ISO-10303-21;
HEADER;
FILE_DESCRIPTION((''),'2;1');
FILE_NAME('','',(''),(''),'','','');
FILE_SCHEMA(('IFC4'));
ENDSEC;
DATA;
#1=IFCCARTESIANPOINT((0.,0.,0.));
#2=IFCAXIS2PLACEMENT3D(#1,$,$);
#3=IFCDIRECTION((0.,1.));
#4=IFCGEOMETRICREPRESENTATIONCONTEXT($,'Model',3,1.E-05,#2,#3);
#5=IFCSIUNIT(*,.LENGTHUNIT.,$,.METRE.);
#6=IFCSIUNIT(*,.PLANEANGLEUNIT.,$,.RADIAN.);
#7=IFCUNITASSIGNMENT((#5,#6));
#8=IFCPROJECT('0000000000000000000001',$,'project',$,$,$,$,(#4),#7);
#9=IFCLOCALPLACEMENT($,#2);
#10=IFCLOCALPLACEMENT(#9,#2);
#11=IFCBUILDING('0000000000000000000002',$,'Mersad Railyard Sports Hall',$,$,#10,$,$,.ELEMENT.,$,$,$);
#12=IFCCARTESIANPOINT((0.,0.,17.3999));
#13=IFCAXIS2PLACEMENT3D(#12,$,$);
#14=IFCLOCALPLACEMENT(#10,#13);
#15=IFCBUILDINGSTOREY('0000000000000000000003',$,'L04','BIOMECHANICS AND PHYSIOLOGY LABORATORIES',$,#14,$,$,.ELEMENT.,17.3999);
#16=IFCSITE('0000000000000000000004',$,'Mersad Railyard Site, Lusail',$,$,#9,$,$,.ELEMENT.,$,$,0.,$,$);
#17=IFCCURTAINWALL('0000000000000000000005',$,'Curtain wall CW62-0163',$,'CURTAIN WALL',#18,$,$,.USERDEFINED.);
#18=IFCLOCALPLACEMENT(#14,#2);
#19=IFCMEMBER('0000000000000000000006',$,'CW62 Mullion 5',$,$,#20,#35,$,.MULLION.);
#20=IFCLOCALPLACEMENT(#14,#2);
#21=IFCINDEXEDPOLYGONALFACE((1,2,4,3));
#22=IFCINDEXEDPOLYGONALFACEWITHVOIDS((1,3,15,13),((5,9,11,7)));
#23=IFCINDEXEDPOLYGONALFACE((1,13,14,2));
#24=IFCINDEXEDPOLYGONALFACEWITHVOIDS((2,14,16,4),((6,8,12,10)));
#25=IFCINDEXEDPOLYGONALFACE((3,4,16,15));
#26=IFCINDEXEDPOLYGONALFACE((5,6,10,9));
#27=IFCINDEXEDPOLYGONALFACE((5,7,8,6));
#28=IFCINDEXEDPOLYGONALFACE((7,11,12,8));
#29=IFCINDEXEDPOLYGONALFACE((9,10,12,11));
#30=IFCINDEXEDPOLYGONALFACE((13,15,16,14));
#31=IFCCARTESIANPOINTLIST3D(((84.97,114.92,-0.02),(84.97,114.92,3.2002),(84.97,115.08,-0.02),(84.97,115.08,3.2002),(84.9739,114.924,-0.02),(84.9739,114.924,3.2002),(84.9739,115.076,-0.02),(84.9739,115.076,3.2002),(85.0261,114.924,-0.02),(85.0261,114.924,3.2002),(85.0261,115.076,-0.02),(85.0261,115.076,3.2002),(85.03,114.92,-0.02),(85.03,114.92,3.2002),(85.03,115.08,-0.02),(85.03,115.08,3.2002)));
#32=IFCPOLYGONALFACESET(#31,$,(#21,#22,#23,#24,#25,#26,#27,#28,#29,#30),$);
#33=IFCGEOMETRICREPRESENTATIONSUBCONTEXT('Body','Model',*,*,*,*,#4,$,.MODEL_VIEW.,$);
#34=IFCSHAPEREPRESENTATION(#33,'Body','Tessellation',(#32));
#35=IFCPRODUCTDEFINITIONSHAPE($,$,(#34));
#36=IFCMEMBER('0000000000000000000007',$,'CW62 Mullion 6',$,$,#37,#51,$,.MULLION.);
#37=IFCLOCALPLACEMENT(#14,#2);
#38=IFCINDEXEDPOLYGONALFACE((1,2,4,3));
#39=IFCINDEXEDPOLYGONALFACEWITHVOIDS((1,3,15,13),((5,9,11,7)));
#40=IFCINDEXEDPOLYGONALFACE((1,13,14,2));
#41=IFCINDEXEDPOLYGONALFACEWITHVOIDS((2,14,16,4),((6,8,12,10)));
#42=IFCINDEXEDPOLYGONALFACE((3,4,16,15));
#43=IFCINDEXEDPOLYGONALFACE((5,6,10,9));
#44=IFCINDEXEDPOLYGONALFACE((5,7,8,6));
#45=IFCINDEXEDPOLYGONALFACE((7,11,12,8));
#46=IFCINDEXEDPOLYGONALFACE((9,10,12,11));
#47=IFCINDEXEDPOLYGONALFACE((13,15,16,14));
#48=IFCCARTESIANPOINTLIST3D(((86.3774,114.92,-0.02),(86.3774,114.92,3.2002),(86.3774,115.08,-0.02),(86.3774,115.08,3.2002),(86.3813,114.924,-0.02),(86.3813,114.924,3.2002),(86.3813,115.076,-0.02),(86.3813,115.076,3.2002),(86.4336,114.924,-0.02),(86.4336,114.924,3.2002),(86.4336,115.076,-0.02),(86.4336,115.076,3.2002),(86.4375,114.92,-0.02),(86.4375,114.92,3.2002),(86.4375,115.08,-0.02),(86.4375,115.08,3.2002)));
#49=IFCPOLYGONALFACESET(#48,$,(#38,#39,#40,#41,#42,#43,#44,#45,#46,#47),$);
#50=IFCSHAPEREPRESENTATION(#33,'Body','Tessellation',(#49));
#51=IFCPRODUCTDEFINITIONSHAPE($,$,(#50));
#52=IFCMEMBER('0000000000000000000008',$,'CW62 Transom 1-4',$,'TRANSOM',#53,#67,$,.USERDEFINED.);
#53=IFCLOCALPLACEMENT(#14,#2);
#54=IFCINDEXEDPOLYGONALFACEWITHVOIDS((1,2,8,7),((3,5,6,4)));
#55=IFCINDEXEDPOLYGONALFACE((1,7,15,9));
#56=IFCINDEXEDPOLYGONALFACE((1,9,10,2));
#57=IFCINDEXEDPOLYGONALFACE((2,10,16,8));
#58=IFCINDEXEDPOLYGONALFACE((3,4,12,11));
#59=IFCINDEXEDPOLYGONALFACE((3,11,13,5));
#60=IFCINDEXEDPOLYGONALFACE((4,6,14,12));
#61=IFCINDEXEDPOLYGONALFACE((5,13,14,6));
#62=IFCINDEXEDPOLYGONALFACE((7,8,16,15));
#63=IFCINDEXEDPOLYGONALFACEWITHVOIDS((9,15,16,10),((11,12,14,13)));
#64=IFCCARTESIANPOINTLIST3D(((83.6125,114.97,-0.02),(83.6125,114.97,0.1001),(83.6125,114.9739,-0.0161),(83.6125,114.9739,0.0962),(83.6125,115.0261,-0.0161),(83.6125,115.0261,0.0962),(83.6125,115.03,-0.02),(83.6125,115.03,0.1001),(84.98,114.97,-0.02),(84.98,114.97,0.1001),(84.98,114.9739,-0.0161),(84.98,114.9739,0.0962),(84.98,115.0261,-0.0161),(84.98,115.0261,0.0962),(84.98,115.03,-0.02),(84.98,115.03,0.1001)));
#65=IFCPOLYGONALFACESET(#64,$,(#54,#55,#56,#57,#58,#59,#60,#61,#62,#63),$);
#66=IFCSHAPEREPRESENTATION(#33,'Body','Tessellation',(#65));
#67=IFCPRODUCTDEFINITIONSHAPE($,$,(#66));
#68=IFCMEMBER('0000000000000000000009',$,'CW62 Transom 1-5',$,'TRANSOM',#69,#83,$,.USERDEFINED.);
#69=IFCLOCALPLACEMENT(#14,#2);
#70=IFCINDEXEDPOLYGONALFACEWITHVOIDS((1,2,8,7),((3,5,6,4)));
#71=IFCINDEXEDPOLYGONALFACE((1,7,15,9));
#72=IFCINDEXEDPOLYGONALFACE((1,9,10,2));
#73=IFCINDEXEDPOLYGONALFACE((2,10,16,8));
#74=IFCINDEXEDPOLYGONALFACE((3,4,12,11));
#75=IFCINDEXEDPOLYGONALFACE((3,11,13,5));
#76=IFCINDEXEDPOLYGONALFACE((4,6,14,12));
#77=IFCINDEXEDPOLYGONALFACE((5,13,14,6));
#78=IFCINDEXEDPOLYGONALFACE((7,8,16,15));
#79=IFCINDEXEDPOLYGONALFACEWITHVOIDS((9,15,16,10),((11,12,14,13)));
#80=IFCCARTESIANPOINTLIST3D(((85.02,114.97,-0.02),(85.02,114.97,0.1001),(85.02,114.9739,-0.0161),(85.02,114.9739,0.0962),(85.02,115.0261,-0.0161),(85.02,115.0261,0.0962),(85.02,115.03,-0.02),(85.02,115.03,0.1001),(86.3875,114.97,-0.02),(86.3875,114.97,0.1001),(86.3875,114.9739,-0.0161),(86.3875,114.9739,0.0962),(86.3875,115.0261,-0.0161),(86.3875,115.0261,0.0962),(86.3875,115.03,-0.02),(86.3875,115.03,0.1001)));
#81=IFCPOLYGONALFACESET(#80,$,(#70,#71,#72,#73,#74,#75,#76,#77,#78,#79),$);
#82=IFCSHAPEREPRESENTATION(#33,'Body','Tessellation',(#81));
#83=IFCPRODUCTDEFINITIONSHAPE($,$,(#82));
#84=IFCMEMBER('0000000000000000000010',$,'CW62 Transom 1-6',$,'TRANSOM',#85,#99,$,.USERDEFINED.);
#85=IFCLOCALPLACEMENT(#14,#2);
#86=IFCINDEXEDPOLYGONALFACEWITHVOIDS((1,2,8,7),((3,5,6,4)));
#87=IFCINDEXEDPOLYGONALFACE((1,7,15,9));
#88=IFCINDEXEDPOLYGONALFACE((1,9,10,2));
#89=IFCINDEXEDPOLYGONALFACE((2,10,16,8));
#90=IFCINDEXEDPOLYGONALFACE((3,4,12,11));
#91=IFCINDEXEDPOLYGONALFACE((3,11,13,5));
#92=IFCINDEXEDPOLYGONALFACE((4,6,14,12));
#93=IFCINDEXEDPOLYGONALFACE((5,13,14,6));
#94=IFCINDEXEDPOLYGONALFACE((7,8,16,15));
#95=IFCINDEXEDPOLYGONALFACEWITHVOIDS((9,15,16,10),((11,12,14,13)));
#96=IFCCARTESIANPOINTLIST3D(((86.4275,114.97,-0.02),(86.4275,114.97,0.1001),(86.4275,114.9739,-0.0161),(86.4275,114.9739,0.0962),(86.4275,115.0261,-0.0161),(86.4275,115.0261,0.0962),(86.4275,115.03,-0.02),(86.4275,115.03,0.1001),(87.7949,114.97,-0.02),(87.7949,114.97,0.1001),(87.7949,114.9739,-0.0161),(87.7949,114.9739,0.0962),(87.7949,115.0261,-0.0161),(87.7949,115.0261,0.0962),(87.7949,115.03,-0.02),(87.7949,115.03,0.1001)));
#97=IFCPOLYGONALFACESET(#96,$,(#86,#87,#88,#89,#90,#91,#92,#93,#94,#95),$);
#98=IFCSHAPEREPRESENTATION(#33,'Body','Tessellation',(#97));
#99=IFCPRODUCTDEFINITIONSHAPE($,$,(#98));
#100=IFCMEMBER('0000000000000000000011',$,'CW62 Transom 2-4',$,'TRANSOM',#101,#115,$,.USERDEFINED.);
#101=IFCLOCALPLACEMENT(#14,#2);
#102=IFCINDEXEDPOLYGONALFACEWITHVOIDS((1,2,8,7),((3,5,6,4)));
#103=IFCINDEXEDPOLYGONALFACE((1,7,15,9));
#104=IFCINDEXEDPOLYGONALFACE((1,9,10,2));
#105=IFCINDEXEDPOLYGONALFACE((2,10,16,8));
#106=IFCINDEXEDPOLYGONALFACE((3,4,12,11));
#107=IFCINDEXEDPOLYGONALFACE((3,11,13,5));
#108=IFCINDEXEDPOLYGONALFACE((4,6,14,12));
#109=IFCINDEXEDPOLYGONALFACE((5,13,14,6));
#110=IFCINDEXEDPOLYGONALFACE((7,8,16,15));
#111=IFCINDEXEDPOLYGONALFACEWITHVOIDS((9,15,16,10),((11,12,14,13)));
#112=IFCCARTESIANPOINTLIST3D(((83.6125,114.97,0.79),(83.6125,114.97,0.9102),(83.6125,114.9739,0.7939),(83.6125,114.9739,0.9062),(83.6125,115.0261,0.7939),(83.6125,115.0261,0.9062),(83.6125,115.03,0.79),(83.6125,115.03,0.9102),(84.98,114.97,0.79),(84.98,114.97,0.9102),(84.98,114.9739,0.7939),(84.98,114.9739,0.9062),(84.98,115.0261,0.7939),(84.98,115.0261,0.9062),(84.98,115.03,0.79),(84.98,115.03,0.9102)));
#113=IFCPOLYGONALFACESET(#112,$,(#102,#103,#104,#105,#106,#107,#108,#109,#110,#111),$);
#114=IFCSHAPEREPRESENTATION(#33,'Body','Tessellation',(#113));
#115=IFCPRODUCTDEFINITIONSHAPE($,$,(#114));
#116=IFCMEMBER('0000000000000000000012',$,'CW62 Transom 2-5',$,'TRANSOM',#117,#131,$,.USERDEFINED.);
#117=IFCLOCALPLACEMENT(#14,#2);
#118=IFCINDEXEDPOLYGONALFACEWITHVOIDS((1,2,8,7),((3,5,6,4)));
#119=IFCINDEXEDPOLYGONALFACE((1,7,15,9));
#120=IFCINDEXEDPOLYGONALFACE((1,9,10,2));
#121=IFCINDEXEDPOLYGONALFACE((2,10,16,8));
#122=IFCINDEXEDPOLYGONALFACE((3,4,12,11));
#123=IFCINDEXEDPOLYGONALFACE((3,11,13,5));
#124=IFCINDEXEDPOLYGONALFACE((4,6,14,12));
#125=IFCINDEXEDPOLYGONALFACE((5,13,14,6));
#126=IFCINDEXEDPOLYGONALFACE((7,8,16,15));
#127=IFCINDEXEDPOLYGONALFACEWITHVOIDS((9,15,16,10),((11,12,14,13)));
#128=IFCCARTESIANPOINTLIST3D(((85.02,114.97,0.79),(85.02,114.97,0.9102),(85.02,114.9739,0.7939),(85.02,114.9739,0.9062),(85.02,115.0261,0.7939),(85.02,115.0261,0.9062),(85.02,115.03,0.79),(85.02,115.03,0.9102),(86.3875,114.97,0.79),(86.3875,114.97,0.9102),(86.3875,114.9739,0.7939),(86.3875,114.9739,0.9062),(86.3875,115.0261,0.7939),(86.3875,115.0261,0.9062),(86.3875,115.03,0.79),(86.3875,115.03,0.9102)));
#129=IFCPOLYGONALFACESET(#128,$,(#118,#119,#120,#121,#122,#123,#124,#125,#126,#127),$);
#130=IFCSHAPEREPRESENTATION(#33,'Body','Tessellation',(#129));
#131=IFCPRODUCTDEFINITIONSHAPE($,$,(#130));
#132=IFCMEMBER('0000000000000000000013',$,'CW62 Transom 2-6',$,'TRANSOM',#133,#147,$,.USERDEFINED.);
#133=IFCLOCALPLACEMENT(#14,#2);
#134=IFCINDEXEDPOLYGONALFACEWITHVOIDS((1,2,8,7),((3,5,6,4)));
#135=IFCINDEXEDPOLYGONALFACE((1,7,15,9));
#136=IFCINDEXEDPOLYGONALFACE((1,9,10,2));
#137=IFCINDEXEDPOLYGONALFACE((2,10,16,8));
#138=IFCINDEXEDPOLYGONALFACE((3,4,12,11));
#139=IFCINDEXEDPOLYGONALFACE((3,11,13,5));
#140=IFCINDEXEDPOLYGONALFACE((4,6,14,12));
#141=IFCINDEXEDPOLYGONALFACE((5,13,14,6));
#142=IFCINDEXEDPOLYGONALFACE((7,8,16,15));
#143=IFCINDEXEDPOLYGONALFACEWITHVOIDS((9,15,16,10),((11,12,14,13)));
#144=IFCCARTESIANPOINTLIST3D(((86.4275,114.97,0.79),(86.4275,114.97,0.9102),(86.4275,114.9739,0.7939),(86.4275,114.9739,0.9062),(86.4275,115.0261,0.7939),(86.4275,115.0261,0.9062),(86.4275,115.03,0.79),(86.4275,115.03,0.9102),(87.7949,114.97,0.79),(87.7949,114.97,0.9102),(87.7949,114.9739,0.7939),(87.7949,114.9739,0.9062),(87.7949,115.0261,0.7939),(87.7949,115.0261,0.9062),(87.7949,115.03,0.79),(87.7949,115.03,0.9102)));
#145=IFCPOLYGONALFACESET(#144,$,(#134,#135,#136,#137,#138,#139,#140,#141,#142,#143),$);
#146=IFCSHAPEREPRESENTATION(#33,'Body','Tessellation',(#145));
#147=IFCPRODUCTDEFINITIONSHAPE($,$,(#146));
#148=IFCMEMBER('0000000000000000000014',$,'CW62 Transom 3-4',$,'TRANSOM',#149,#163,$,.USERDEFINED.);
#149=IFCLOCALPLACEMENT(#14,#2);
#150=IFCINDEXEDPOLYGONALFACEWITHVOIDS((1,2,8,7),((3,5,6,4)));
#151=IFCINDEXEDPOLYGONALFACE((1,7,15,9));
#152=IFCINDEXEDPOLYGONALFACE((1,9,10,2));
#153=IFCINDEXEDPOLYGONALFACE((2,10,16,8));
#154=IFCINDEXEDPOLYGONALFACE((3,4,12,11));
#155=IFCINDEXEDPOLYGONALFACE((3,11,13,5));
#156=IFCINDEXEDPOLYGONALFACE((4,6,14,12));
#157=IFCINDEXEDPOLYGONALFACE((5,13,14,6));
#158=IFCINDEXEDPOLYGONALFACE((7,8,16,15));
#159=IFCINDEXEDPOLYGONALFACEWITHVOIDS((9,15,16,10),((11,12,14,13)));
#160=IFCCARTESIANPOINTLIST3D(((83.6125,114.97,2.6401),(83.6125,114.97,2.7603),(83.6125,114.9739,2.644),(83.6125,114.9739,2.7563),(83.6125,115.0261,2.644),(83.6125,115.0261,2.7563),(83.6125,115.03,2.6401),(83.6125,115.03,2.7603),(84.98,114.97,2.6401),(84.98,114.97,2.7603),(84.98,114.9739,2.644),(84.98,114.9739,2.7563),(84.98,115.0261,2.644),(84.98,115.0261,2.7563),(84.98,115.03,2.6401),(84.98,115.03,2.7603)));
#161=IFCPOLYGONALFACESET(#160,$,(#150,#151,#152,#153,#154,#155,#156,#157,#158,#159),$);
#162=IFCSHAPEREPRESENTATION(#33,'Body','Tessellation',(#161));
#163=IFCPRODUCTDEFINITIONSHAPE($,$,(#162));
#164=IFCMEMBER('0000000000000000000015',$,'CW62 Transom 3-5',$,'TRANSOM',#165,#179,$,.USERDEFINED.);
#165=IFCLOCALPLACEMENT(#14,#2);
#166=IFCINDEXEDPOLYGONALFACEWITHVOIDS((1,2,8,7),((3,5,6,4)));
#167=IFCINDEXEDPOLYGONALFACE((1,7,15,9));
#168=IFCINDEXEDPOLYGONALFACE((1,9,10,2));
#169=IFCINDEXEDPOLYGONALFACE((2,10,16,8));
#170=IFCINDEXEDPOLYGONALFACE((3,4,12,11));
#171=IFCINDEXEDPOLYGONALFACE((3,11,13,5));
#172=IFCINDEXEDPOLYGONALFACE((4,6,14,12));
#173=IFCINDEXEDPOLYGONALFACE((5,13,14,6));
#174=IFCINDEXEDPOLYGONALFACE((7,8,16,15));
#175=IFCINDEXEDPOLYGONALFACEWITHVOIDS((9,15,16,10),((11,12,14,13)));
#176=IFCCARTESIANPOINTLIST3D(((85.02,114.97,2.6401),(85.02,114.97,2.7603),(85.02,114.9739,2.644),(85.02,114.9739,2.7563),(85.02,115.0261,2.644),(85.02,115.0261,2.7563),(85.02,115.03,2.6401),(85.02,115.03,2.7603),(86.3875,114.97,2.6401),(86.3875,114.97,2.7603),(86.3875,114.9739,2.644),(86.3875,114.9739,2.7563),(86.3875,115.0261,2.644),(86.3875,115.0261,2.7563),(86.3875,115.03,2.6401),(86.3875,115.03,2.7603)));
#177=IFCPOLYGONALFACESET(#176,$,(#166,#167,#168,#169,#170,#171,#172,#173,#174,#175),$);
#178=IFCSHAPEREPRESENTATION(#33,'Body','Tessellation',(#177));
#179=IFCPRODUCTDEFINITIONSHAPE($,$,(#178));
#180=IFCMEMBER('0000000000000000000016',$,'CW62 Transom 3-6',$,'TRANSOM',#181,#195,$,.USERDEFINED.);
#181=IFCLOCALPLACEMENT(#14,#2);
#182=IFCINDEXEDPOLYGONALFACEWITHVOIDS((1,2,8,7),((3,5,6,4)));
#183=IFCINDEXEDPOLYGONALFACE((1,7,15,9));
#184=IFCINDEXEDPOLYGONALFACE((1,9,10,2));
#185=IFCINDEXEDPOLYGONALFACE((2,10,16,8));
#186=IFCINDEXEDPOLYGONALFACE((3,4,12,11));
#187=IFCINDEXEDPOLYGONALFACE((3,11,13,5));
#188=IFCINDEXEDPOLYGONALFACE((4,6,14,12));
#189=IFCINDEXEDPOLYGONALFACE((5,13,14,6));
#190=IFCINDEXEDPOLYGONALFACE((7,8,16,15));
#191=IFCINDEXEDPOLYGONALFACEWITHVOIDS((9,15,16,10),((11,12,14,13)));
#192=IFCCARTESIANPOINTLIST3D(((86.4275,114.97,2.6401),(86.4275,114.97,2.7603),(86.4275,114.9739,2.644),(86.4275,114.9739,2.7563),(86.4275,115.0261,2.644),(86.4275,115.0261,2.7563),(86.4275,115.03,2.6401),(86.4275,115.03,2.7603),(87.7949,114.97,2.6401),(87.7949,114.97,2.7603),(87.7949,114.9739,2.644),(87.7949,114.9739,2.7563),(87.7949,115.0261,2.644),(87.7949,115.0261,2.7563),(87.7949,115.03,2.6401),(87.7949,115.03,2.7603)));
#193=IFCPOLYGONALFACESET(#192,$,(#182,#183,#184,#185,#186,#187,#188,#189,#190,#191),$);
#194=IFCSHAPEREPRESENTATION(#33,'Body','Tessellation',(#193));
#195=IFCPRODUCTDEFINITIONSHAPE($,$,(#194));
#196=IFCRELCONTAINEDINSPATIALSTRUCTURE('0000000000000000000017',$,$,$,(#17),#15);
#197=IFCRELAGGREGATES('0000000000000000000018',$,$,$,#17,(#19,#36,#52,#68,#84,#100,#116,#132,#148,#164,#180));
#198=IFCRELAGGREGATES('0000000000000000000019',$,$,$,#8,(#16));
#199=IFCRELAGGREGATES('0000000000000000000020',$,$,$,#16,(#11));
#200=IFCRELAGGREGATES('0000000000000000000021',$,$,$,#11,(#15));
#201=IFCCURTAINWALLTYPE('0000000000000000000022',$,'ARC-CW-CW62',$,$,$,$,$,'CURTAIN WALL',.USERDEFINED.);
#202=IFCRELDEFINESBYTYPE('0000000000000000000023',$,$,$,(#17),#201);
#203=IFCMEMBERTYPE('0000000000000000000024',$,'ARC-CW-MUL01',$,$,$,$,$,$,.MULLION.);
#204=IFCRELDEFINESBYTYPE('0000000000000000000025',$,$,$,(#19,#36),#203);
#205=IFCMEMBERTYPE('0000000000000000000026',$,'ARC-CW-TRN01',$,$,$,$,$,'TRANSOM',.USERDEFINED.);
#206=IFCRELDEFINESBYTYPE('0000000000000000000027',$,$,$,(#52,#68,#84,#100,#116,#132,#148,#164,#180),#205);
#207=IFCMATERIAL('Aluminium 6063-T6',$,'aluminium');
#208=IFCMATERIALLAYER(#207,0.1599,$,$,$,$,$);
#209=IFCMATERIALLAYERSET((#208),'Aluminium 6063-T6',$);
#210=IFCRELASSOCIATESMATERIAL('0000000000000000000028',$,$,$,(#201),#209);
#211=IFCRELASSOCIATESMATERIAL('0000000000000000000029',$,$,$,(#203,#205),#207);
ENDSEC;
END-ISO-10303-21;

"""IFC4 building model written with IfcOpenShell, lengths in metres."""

from ifc_helpers import new_model, si_unit, direction, frame, origin, origin_2d, place, context, subcontext, project, spatial, hollow_rectangle, extrude, material, layer, layer_set, material_profile, profile_set, type_object, element, aggregate, save


model = new_model("IFC4")

# Units and contexts
model_context = context("Model", 3, precision=1e-05, world=origin(), true_north=direction((0.0, 1.0)))
body_context = subcontext(model_context, "Body", "Model", "MODEL_VIEW")
ifc_project = project(units=[si_unit("LENGTHUNIT", "METRE"), si_unit("PLANEANGLEUNIT", "RADIAN")], contexts=[model_context])

# Site, building, storey
site_placement = place(None, origin())
site = spatial("IfcSite", under=ifc_project, at=site_placement, Name="Mersad Railyard Site, Lusail", CompositionType="ELEMENT", RefElevation=0.0)
building_placement = place(site_placement, origin())
building = spatial("IfcBuilding", under=site, at=building_placement, Name="Mersad Railyard Sports Hall", CompositionType="ELEMENT")
storey_placement = place(building_placement, frame((0.0, 0.0, 17.3999)))
storey = spatial("IfcBuildingStorey", under=building, at=storey_placement, Name="L04", Description="BIOMECHANICS AND PHYSIOLOGY LABORATORIES", CompositionType="ELEMENT", Elevation=17.3999)

# Curtain wall, members
ifc_material_1 = material(Name="Aluminium 6063-T6", Category="aluminium")
ifc_layer_1 = layer(ifc_material_1, 0.1599)
ifc_layer_set_1 = layer_set([ifc_layer_1], Name="Aluminium 6063-T6")
curtain_wall_type = type_object("IfcCurtainWallType", Name="ARC-CW-CW62", ElementType="CURTAIN WALL", PredefinedType="USERDEFINED", material=ifc_layer_set_1)
curtain_wall_placement = place(storey_placement, origin())
curtain_wall = element("IfcCurtainWall", 1, at=curtain_wall_placement, inside=storey, type_object=curtain_wall_type, Name="Curtain wall CW62-0163", ObjectType="CURTAIN WALL", PredefinedType="USERDEFINED")
ifc_material_profile_1 = material_profile(ifc_material_1, hollow_rectangle(XDim=0.0601, YDim=0.1599, WallThickness=0.0039, at=origin_2d()), Name="AL MULLION 60x160x4")
ifc_profile_set_1 = profile_set([ifc_material_profile_1], Name="Aluminium 6063-T6")
member_type_1 = type_object("IfcMemberType", Name="ARC-CW-MUL01", PredefinedType="MULLION", material=ifc_profile_set_1)
member_1_placement = place(storey_placement, frame((85.0, 115.0, -0.02), z_axis=(0.0, 0.0, 1.0), x_axis=(1.0, 0.0, 0.0)))
member_1 = element("IfcMember", 2, at=member_1_placement, type_object=member_type_1, Name="CW62 Mullion 5", PredefinedType="MULLION", context=body_context, shape_type="SweptSolid", body=[
    extrude(hollow_rectangle(XDim=0.0601, YDim=0.1599, WallThickness=0.0039, at=origin_2d()), origin(), (0.0, 0.0, 1.0), 3.2202),
])
member_2_placement = place(storey_placement, frame((86.4075, 115.0, -0.02), z_axis=(0.0, 0.0, 1.0), x_axis=(1.0, 0.0, 0.0)))
member_2 = element("IfcMember", 3, at=member_2_placement, type_object=member_type_1, Name="CW62 Mullion 6", PredefinedType="MULLION", context=body_context, shape_type="SweptSolid", body=[
    extrude(hollow_rectangle(XDim=0.0601, YDim=0.1599, WallThickness=0.0039, at=origin_2d()), origin(), (0.0, 0.0, 1.0), 3.2202),
])
ifc_material_profile_2 = material_profile(ifc_material_1, hollow_rectangle(XDim=0.0601, YDim=0.1201, WallThickness=0.0039, at=origin_2d()), Name="AL TRANSOM 60x120x4")
ifc_profile_set_2 = profile_set([ifc_material_profile_2], Name="Aluminium 6063-T6")
member_type_2 = type_object("IfcMemberType", Name="ARC-CW-TRN01", ElementType="TRANSOM", PredefinedType="USERDEFINED", material=ifc_profile_set_2)
member_3_placement = place(storey_placement, frame((83.6125, 115.0, 0.04), z_axis=(1.0, 0.0, 0.0), x_axis=(0.0, 1.0, 0.0)))
member_3 = element("IfcMember", 4, at=member_3_placement, type_object=member_type_2, Name="CW62 Transom 1-4", ObjectType="TRANSOM", PredefinedType="USERDEFINED", context=body_context, shape_type="SweptSolid", body=[
    extrude(hollow_rectangle(XDim=0.0601, YDim=0.1201, WallThickness=0.0039, at=origin_2d()), origin(), (0.0, 0.0, 1.0), 1.3674),
])
member_4_placement = place(storey_placement, frame((85.02, 115.0, 0.04), z_axis=(1.0, 0.0, 0.0), x_axis=(0.0, 1.0, 0.0)))
member_4 = element("IfcMember", 5, at=member_4_placement, type_object=member_type_2, Name="CW62 Transom 1-5", ObjectType="TRANSOM", PredefinedType="USERDEFINED", context=body_context, shape_type="SweptSolid", body=[
    extrude(hollow_rectangle(XDim=0.0601, YDim=0.1201, WallThickness=0.0039, at=origin_2d()), origin(), (0.0, 0.0, 1.0), 1.3674),
])
member_5_placement = place(storey_placement, frame((86.4275, 115.0, 0.04), z_axis=(1.0, 0.0, 0.0), x_axis=(0.0, 1.0, 0.0)))
member_5 = element("IfcMember", 6, at=member_5_placement, type_object=member_type_2, Name="CW62 Transom 1-6", ObjectType="TRANSOM", PredefinedType="USERDEFINED", context=body_context, shape_type="SweptSolid", body=[
    extrude(hollow_rectangle(XDim=0.0601, YDim=0.1201, WallThickness=0.0039, at=origin_2d()), origin(), (0.0, 0.0, 1.0), 1.3674),
])
member_6_placement = place(storey_placement, frame((83.6125, 115.0, 0.8501), z_axis=(1.0, 0.0, 0.0), x_axis=(0.0, 1.0, 0.0)))
member_6 = element("IfcMember", 7, at=member_6_placement, type_object=member_type_2, Name="CW62 Transom 2-4", ObjectType="TRANSOM", PredefinedType="USERDEFINED", context=body_context, shape_type="SweptSolid", body=[
    extrude(hollow_rectangle(XDim=0.0601, YDim=0.1201, WallThickness=0.0039, at=origin_2d()), origin(), (0.0, 0.0, 1.0), 1.3674),
])
member_7_placement = place(storey_placement, frame((85.02, 115.0, 0.8501), z_axis=(1.0, 0.0, 0.0), x_axis=(0.0, 1.0, 0.0)))
member_7 = element("IfcMember", 8, at=member_7_placement, type_object=member_type_2, Name="CW62 Transom 2-5", ObjectType="TRANSOM", PredefinedType="USERDEFINED", context=body_context, shape_type="SweptSolid", body=[
    extrude(hollow_rectangle(XDim=0.0601, YDim=0.1201, WallThickness=0.0039, at=origin_2d()), origin(), (0.0, 0.0, 1.0), 1.3674),
])
member_8_placement = place(storey_placement, frame((86.4275, 115.0, 0.8501), z_axis=(1.0, 0.0, 0.0), x_axis=(0.0, 1.0, 0.0)))
member_8 = element("IfcMember", 9, at=member_8_placement, type_object=member_type_2, Name="CW62 Transom 2-6", ObjectType="TRANSOM", PredefinedType="USERDEFINED", context=body_context, shape_type="SweptSolid", body=[
    extrude(hollow_rectangle(XDim=0.0601, YDim=0.1201, WallThickness=0.0039, at=origin_2d()), origin(), (0.0, 0.0, 1.0), 1.3674),
])
member_9_placement = place(storey_placement, frame((83.6125, 115.0, 2.7002), z_axis=(1.0, 0.0, 0.0), x_axis=(0.0, 1.0, 0.0)))
member_9 = element("IfcMember", 10, at=member_9_placement, type_object=member_type_2, Name="CW62 Transom 3-4", ObjectType="TRANSOM", PredefinedType="USERDEFINED", context=body_context, shape_type="SweptSolid", body=[
    extrude(hollow_rectangle(XDim=0.0601, YDim=0.1201, WallThickness=0.0039, at=origin_2d()), origin(), (0.0, 0.0, 1.0), 1.3674),
])
member_10_placement = place(storey_placement, frame((85.02, 115.0, 2.7002), z_axis=(1.0, 0.0, 0.0), x_axis=(0.0, 1.0, 0.0)))
member_10 = element("IfcMember", 11, at=member_10_placement, type_object=member_type_2, Name="CW62 Transom 3-5", ObjectType="TRANSOM", PredefinedType="USERDEFINED", context=body_context, shape_type="SweptSolid", body=[
    extrude(hollow_rectangle(XDim=0.0601, YDim=0.1201, WallThickness=0.0039, at=origin_2d()), origin(), (0.0, 0.0, 1.0), 1.3674),
])
member_11_placement = place(storey_placement, frame((86.4275, 115.0, 2.7002), z_axis=(1.0, 0.0, 0.0), x_axis=(0.0, 1.0, 0.0)))
member_11 = element("IfcMember", 12, at=member_11_placement, type_object=member_type_2, Name="CW62 Transom 3-6", ObjectType="TRANSOM", PredefinedType="USERDEFINED", context=body_context, shape_type="SweptSolid", body=[
    extrude(hollow_rectangle(XDim=0.0601, YDim=0.1201, WallThickness=0.0039, at=origin_2d()), origin(), (0.0, 0.0, 1.0), 1.3674),
])
aggregate(curtain_wall, [member_1, member_2, member_3, member_4, member_5, member_6, member_7, member_8, member_9, member_10, member_11])

save(model, "model.ifc")
